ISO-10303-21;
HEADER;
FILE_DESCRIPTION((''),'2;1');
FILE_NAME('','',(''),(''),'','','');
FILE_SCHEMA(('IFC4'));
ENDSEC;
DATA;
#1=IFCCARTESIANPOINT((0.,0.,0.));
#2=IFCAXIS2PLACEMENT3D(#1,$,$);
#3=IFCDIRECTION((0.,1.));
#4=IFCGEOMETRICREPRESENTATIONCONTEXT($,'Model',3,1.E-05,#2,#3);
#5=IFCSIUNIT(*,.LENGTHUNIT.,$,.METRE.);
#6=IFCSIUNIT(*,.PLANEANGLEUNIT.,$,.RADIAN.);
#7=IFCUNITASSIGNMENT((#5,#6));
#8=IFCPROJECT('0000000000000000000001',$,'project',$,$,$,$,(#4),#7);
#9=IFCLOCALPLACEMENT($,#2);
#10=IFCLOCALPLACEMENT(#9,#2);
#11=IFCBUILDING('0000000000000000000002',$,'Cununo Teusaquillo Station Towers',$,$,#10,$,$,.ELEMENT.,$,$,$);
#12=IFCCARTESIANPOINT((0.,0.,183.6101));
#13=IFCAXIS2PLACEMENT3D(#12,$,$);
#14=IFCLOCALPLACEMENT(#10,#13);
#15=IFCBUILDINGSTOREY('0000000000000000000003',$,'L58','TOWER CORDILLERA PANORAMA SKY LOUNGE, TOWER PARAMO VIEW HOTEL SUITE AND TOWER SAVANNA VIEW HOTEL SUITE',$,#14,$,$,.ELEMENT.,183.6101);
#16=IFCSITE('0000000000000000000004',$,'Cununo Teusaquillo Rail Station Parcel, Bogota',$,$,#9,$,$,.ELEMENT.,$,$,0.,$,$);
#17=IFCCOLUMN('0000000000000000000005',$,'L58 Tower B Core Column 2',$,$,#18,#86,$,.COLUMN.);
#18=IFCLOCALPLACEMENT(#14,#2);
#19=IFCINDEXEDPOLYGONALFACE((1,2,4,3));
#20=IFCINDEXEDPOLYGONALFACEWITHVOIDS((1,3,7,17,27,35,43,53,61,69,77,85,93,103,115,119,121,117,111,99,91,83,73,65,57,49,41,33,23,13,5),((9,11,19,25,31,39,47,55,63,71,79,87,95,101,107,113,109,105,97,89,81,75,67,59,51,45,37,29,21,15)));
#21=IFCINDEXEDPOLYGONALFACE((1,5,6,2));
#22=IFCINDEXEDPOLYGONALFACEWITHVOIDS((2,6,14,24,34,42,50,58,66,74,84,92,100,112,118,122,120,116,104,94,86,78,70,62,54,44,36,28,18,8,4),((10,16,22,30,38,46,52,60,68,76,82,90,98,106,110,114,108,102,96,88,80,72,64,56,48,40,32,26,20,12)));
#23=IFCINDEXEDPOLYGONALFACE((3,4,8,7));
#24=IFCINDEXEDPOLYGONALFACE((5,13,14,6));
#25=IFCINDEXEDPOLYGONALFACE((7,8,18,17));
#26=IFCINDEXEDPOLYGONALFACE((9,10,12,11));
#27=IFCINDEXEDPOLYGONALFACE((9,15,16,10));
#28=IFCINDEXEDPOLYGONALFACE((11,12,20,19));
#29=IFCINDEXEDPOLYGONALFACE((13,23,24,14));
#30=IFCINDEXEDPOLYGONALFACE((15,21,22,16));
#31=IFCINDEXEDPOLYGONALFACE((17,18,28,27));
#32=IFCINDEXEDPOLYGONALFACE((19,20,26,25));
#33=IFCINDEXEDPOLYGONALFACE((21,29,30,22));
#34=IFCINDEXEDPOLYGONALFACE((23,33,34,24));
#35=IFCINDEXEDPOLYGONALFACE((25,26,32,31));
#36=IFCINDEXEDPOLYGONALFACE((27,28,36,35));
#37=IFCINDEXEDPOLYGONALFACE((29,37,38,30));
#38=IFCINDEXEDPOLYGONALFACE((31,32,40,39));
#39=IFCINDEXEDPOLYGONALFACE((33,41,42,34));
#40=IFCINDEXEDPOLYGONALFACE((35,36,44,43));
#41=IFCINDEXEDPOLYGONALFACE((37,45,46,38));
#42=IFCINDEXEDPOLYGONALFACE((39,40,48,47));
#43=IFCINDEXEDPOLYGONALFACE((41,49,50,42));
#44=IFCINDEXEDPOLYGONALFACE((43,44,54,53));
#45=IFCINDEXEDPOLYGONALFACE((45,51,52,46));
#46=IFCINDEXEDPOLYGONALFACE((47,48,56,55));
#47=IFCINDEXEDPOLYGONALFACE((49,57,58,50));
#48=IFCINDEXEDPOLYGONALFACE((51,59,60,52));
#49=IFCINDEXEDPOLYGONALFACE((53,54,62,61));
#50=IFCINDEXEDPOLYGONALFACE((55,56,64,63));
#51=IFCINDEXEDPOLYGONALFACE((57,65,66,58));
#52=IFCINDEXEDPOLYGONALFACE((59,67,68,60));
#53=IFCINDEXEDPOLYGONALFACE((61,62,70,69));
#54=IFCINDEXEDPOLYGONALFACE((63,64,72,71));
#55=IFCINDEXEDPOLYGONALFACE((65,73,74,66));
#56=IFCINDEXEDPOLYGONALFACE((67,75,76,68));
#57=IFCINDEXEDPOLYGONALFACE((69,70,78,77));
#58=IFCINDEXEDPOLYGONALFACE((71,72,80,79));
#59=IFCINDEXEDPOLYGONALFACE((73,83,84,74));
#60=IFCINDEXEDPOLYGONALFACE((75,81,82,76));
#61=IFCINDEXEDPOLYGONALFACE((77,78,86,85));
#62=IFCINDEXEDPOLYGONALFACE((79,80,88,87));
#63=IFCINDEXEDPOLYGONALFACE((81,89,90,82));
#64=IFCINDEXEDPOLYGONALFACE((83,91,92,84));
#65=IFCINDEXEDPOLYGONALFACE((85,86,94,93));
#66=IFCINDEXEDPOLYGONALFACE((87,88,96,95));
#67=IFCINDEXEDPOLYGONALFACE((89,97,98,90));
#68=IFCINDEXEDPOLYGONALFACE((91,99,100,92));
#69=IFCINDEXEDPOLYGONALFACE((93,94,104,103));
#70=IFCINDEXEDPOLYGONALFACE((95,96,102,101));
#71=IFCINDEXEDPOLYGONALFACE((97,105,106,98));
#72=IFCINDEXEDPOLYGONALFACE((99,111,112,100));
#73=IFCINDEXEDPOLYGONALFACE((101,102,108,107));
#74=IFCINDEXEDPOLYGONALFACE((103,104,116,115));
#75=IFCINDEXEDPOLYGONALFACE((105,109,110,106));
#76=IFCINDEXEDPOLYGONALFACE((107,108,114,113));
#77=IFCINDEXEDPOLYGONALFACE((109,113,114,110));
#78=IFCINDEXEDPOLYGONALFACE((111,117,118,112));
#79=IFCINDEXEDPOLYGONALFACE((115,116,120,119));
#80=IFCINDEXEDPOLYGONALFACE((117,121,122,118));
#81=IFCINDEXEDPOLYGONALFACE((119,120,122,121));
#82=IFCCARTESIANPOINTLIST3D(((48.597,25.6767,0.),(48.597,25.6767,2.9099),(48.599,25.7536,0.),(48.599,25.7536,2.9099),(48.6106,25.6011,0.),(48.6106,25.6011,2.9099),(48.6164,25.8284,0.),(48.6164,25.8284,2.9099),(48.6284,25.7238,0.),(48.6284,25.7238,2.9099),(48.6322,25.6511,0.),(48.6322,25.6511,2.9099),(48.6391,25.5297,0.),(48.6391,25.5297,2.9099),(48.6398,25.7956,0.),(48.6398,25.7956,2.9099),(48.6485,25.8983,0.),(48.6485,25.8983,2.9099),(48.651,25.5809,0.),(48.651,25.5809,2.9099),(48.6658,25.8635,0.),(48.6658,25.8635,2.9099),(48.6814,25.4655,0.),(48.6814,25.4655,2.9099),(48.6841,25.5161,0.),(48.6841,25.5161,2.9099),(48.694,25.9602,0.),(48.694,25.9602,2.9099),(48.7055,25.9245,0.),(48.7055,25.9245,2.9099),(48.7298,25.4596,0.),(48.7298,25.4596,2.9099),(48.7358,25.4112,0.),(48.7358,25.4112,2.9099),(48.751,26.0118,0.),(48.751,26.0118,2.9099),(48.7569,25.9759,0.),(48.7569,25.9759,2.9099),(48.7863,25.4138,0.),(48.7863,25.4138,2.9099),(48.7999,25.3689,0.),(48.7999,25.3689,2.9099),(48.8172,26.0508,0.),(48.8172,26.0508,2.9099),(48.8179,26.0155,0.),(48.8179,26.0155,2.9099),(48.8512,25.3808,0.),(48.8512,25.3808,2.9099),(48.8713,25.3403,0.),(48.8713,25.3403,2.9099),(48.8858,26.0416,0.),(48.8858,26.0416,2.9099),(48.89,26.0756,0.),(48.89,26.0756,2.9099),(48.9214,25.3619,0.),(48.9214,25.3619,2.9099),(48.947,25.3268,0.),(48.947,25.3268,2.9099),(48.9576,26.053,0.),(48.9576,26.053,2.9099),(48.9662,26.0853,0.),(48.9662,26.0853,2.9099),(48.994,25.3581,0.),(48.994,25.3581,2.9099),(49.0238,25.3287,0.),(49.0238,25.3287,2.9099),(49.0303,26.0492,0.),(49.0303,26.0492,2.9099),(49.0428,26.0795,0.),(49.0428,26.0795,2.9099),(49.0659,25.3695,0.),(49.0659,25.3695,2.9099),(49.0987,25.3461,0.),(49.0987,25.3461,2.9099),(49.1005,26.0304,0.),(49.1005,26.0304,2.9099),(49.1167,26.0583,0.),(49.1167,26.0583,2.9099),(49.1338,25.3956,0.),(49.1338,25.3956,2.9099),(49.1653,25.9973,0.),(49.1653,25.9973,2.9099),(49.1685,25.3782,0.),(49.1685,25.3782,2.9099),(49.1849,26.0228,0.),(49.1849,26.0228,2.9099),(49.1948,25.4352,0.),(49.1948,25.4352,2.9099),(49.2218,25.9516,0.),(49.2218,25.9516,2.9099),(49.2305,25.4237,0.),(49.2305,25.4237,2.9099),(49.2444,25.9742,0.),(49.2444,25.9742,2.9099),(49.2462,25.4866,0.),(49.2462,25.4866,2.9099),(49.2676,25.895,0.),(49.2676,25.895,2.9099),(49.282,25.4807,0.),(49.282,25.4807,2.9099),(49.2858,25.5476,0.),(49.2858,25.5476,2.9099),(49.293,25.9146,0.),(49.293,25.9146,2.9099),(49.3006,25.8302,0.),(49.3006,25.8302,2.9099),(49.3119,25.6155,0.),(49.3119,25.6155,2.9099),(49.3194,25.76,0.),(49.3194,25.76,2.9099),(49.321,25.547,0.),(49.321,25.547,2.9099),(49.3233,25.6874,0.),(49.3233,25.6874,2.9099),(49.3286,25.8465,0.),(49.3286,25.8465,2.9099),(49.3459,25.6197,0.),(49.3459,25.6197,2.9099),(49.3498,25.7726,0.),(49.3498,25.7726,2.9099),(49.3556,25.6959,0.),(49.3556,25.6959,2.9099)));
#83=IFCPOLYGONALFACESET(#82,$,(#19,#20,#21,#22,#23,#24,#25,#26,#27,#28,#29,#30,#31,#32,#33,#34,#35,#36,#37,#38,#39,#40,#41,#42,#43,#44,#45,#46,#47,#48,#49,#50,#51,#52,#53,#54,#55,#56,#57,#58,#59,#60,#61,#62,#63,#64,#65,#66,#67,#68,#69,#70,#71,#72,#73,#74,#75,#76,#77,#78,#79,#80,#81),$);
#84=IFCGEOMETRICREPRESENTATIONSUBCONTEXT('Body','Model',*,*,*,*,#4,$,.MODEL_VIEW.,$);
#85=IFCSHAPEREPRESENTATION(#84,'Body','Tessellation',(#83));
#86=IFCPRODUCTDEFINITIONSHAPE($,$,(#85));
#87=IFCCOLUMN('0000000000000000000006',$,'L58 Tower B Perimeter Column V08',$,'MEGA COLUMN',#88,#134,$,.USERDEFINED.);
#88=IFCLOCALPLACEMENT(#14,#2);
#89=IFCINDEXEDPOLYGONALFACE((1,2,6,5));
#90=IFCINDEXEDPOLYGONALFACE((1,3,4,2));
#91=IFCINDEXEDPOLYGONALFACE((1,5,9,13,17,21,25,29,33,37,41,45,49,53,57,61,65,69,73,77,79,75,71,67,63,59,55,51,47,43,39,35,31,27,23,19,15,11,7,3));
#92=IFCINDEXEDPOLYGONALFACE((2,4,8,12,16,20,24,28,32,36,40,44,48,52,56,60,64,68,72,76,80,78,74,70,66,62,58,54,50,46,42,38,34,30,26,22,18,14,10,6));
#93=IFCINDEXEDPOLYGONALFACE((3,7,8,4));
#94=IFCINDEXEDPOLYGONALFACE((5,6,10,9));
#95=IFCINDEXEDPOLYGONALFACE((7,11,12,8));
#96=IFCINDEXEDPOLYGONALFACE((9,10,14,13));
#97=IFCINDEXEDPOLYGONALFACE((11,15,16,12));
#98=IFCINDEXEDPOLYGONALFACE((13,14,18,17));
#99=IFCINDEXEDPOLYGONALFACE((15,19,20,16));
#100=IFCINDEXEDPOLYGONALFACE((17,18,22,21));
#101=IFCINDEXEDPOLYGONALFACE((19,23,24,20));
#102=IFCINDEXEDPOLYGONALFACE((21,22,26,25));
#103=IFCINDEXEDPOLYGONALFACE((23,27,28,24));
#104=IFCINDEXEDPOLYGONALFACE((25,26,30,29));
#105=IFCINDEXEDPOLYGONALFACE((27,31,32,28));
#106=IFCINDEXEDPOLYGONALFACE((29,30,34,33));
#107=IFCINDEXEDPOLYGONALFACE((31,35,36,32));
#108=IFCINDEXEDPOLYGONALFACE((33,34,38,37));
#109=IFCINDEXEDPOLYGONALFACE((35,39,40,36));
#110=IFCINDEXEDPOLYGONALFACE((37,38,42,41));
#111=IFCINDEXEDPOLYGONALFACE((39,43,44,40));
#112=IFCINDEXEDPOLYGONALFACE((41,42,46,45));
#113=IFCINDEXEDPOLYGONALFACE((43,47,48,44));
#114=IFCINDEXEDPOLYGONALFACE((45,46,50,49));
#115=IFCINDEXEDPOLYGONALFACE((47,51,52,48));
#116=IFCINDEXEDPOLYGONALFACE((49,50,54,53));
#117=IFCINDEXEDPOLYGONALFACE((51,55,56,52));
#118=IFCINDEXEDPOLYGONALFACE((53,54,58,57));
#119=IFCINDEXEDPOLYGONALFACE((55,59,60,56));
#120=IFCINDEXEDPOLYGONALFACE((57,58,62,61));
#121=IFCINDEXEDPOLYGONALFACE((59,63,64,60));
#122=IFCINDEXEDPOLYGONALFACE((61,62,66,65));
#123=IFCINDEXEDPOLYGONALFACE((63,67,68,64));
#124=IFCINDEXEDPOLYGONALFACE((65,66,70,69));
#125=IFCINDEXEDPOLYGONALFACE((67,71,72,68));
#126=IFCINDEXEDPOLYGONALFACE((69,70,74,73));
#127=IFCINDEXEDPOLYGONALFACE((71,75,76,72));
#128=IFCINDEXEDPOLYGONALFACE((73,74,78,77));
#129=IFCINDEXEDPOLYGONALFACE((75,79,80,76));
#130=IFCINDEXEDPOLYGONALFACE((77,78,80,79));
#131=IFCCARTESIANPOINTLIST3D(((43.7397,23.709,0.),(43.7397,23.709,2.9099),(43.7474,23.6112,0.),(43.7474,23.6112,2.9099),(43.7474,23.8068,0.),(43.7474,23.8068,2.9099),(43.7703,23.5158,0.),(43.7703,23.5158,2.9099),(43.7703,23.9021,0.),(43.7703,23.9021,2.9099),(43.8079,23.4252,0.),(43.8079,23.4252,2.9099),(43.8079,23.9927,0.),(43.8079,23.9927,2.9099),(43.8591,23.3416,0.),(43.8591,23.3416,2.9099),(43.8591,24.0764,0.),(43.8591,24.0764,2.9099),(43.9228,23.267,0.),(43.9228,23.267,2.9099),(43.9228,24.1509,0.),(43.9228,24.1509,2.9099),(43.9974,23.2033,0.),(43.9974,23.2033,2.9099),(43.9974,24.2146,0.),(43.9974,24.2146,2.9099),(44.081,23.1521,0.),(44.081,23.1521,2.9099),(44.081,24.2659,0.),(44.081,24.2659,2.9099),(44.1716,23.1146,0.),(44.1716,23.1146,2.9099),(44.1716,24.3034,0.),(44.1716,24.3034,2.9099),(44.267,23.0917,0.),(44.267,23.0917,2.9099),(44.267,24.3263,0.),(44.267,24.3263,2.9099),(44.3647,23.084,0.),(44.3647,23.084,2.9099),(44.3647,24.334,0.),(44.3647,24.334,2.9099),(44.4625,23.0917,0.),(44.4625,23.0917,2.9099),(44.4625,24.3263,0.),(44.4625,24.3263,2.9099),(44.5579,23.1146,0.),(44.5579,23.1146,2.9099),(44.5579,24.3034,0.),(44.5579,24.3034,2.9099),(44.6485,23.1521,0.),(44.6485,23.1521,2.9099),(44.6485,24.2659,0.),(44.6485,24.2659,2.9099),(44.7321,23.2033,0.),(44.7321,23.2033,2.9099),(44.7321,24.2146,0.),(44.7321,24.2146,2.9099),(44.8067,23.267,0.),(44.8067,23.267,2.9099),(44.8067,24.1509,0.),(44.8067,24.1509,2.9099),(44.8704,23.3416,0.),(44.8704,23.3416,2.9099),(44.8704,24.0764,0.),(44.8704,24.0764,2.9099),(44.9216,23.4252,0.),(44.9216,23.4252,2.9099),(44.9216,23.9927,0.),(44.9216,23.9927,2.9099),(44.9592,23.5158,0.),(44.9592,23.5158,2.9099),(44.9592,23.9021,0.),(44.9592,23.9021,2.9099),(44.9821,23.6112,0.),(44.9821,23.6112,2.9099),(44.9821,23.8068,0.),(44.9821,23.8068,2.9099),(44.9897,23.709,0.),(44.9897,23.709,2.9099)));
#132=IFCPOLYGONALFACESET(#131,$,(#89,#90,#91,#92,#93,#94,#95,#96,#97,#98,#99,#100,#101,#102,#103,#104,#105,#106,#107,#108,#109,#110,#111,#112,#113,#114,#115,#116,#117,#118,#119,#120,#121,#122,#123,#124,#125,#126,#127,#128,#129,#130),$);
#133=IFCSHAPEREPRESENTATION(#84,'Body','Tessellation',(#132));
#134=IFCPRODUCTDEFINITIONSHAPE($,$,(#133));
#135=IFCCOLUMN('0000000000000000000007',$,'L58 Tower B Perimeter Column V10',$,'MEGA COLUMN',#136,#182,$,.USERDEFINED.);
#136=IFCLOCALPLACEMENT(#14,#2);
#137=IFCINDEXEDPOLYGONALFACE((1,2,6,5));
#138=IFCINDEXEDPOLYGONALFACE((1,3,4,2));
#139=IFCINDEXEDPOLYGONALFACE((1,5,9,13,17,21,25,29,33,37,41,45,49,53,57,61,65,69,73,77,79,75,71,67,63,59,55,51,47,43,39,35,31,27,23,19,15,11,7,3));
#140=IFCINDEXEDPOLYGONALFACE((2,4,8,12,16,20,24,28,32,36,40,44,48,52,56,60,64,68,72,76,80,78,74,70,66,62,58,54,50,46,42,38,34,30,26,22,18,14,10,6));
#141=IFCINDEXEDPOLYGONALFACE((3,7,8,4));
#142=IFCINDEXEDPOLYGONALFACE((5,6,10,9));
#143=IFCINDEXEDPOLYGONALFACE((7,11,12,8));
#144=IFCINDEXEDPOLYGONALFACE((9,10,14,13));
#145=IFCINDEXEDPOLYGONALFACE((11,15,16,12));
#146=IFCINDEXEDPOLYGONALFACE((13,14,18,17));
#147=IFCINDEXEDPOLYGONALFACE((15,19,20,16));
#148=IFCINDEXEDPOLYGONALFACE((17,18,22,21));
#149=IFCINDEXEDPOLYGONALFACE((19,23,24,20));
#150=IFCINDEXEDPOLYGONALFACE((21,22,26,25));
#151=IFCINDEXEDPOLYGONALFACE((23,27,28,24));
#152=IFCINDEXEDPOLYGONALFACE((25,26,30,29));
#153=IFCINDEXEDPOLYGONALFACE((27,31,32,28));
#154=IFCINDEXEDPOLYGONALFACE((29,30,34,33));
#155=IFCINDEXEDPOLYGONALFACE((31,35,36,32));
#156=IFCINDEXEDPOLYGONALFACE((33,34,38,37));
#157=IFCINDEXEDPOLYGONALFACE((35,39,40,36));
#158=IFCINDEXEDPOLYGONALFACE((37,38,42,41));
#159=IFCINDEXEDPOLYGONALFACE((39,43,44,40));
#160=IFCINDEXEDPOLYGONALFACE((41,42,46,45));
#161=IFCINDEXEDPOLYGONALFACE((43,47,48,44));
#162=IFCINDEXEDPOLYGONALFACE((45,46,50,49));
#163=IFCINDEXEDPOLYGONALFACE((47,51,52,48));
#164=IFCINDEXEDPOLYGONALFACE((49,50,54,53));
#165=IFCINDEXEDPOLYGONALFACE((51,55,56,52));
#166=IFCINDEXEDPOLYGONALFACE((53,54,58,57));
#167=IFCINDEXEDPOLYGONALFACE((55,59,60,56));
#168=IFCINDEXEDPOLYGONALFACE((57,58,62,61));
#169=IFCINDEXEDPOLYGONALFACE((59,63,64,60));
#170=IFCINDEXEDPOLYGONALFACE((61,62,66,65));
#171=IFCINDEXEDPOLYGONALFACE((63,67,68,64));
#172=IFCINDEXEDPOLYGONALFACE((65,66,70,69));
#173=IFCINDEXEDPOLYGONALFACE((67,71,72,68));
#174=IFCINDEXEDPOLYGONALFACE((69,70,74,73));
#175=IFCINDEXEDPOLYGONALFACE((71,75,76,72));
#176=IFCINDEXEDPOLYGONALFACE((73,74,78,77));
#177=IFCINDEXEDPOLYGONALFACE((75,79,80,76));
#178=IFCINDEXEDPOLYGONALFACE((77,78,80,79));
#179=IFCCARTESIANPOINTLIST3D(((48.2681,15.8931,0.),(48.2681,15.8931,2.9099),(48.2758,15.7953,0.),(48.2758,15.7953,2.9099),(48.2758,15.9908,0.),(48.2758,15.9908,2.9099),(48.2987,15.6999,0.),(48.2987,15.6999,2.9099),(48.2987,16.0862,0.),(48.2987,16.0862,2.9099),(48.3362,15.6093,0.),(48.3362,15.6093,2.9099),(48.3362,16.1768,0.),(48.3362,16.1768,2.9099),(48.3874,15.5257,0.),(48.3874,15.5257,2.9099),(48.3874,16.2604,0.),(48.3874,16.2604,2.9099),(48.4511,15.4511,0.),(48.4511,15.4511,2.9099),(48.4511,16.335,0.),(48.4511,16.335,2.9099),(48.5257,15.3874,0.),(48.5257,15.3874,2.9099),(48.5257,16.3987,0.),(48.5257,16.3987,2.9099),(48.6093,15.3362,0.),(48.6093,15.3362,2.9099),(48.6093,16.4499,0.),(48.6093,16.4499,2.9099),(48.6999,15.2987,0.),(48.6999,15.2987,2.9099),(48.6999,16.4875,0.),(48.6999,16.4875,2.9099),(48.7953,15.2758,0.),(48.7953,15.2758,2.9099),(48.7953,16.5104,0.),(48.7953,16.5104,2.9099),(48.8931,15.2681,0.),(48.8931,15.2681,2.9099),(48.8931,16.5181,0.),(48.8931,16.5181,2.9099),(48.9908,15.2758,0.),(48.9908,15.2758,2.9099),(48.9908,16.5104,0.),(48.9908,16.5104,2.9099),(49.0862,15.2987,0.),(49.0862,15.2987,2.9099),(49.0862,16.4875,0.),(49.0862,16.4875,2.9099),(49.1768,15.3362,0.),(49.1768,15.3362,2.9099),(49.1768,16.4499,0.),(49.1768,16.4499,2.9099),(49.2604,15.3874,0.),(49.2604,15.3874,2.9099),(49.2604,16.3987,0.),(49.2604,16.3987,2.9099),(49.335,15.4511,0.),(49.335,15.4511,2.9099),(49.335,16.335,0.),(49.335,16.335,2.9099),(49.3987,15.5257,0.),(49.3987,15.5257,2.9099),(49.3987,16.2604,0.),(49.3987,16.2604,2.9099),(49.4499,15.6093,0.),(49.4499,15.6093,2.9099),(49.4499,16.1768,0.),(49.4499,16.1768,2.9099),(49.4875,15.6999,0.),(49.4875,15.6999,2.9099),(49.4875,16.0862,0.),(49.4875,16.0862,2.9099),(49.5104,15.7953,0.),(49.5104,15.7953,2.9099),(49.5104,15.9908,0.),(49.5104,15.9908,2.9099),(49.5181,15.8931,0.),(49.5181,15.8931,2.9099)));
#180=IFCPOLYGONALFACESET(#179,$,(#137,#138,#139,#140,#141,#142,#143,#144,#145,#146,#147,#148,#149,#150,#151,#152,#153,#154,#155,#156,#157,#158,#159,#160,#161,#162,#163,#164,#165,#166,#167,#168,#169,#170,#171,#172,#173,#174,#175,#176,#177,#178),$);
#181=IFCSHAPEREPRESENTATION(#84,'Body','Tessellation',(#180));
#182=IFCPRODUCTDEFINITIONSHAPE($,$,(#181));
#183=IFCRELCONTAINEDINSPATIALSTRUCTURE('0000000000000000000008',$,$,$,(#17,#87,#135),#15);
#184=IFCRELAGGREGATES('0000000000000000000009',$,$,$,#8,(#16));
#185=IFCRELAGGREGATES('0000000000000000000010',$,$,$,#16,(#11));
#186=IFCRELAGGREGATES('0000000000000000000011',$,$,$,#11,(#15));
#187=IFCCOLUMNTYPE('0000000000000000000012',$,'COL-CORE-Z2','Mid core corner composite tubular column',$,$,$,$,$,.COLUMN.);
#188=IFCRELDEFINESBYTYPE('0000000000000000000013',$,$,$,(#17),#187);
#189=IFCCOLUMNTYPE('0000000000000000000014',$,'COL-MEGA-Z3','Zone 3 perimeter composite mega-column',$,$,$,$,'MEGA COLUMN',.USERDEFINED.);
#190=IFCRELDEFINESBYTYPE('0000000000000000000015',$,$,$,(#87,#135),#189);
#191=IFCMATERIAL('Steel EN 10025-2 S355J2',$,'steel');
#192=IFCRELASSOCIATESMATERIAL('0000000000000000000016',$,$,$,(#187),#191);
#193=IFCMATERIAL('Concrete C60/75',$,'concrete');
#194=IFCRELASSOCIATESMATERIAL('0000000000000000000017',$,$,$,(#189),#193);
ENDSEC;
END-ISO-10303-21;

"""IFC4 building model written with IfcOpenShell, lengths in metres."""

from ifc_helpers import new_model, si_unit, direction, frame, origin, origin_2d, place, context, subcontext, project, spatial, circle, hollow_circle, extrude, material, material_profile, profile_set, type_object, element, save


model = new_model("IFC4")

# Units and contexts
model_context = context("Model", 3, precision=1e-05, world=origin(), true_north=direction((0.0, 1.0)))
body_context = subcontext(model_context, "Body", "Model", "MODEL_VIEW")
ifc_project = project(units=[si_unit("LENGTHUNIT", "METRE"), si_unit("PLANEANGLEUNIT", "RADIAN")], contexts=[model_context])

# Site, building, storey
site_placement = place(None, origin())
site = spatial("IfcSite", under=ifc_project, at=site_placement, Name="Cununo Teusaquillo Rail Station Parcel, Bogota", CompositionType="ELEMENT", RefElevation=0.0)
building_placement = place(site_placement, origin())
building = spatial("IfcBuilding", under=site, at=building_placement, Name="Cununo Teusaquillo Station Towers", CompositionType="ELEMENT")
storey_placement = place(building_placement, frame((0.0, 0.0, 183.6101)))
storey = spatial("IfcBuildingStorey", under=building, at=storey_placement, Name="L58", Description="TOWER CORDILLERA PANORAMA SKY LOUNGE, TOWER PARAMO VIEW HOTEL SUITE AND TOWER SAVANNA VIEW HOTEL SUITE", CompositionType="ELEMENT", Elevation=183.6101)

# Columns
ifc_material_1 = material(Name="Steel EN 10025-2 S355J2", Category="steel")
ifc_material_profile_1 = material_profile(ifc_material_1, hollow_circle(Radius=0.3799, WallThickness=0.032, at=origin_2d()), Name="CHS 760x32")
ifc_profile_set_1 = profile_set([ifc_material_profile_1], Name="Steel EN 10025-2 S355J2")
column_type_1 = type_object("IfcColumnType", Name="COL-CORE-Z2", Description="Mid core corner composite tubular column", PredefinedType="COLUMN", material=ifc_profile_set_1)
column_placement = place(storey_placement, frame((48.9758, 25.7056, 0.0), z_axis=(0.0, 0.0, 1.0), x_axis=(0.707107, 0.707107, 0.0)))
element("IfcColumn", 1, at=column_placement, inside=storey, type_object=column_type_1, Name="L58 Tower B Core Column 2", PredefinedType="COLUMN", context=body_context, shape_type="SweptSolid", body=[
    extrude(hollow_circle(Radius=0.3799, WallThickness=0.032, at=origin_2d()), origin(), (0.0, 0.0, 1.0), 2.9099),
])
ifc_material_2 = material(Name="Concrete C60/75", Category="concrete")
ifc_material_profile_2 = material_profile(ifc_material_2, circle(Radius=0.625, at=origin_2d()), Name="RC-CIRC-1250")
ifc_profile_set_2 = profile_set([ifc_material_profile_2], Name="Concrete C60/75")
column_type_2 = type_object("IfcColumnType", Name="COL-MEGA-Z3", Description="Zone 3 perimeter composite mega-column", ElementType="MEGA COLUMN", PredefinedType="USERDEFINED", material=ifc_profile_set_2)
for number, where, z_axis, x_axis, name in (
    (2, (44.3647, 23.709, 0.0), (0.0, 0.0, 1.0), (1.0, 0.0, 0.0), "L58 Tower B Perimeter Column V08"),
    (3, (48.8931, 15.8931, 0.0), (0.0, 0.0, 1.0), (1.0, 0.0, 0.0), "L58 Tower B Perimeter Column V10"),
):
    element("IfcColumn", number, at=place(storey_placement, frame(where, z_axis=z_axis, x_axis=x_axis)), inside=storey, type_object=column_type_2, Name=name, ObjectType="MEGA COLUMN", PredefinedType="USERDEFINED", context=body_context, shape_type="SweptSolid", body=[
        extrude(circle(Radius=0.625, at=origin_2d()), origin(), (0.0, 0.0, 1.0), 2.9099),
    ])

save(model, "model.ifc")
